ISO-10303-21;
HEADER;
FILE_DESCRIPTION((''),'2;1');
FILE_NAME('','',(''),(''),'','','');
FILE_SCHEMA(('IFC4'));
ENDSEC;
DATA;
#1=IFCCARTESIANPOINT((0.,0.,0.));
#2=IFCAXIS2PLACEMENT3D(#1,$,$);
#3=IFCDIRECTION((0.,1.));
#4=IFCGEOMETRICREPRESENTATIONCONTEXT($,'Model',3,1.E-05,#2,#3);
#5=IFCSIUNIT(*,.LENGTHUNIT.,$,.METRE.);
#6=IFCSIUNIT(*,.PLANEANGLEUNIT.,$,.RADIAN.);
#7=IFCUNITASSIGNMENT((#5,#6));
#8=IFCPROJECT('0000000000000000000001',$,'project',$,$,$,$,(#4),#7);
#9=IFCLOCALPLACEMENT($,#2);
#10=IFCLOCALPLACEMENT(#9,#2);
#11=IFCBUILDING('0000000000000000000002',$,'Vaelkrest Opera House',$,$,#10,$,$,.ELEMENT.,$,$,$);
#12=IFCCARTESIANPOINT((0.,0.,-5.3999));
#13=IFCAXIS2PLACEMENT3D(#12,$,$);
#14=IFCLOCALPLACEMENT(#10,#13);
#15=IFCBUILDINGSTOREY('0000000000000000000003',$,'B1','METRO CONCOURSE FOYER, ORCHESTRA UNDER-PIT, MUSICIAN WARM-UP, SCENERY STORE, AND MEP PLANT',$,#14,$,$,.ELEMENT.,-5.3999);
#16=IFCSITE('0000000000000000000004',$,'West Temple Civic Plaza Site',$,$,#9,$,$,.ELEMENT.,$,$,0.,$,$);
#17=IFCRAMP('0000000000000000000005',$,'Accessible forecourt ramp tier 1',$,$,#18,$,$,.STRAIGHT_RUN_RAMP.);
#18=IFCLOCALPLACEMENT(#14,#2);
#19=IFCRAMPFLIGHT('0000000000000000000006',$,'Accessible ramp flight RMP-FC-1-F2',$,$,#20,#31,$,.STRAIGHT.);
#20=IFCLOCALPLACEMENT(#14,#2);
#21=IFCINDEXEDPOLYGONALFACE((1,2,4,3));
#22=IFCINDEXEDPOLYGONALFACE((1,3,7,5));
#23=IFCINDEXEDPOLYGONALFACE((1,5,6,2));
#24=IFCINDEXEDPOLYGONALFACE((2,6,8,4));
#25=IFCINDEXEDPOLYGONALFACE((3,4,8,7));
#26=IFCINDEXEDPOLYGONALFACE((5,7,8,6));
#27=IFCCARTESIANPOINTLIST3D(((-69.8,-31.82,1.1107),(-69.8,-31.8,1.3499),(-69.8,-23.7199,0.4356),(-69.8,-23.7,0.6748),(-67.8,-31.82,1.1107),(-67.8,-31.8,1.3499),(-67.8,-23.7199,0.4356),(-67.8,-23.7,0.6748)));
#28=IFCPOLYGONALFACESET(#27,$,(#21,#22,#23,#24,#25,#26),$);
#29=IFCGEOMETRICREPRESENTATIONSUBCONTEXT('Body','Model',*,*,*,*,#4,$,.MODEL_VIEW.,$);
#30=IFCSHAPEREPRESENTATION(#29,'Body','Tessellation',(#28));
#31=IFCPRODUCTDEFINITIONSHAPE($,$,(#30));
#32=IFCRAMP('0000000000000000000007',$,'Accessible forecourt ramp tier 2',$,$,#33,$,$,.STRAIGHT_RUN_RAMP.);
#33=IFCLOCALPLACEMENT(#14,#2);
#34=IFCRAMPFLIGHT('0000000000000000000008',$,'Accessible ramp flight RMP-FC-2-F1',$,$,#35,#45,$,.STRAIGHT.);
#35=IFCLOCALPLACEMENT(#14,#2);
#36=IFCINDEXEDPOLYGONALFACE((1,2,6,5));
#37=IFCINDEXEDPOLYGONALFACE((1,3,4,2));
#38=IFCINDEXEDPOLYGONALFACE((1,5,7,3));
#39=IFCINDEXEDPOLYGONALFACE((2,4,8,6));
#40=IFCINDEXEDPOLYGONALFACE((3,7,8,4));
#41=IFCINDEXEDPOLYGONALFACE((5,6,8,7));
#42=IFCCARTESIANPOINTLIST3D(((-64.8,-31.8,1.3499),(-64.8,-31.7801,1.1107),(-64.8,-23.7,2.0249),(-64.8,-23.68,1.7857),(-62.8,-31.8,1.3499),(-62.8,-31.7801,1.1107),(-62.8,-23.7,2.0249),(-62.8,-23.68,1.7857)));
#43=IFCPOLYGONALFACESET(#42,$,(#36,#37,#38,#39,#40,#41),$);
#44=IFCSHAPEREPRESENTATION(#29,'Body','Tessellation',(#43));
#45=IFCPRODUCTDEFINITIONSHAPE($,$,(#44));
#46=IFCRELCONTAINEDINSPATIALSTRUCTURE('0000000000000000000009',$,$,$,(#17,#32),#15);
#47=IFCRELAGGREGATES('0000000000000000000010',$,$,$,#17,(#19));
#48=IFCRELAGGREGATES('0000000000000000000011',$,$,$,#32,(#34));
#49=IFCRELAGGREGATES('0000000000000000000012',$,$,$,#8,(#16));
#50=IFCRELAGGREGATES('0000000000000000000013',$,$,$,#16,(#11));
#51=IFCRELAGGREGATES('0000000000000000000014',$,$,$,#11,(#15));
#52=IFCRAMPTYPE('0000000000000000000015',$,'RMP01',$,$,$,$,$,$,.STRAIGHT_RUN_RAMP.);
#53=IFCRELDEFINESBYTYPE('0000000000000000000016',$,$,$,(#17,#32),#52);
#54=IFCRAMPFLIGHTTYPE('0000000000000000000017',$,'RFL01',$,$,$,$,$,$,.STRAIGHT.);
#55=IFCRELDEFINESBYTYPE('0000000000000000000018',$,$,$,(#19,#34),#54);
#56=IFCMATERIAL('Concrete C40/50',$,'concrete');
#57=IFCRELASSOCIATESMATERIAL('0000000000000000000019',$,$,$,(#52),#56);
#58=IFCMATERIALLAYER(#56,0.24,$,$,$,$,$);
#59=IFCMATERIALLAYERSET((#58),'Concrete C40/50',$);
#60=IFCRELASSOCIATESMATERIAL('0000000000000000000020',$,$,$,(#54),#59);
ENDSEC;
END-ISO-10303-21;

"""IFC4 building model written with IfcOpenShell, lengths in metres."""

from ifc_helpers import new_model, si_unit, direction, frame, origin, place, context, subcontext, project, spatial, polyline, outline, extrude, material, layer, layer_set, type_object, element, aggregate, save


model = new_model("IFC4")

# Units and contexts
model_context = context("Model", 3, precision=1e-05, world=origin(), true_north=direction((0.0, 1.0)))
body_context = subcontext(model_context, "Body", "Model", "MODEL_VIEW")
ifc_project = project(units=[si_unit("LENGTHUNIT", "METRE"), si_unit("PLANEANGLEUNIT", "RADIAN")], contexts=[model_context])

# Site, building, storey
site_placement = place(None, origin())
site = spatial("IfcSite", under=ifc_project, at=site_placement, Name="West Temple Civic Plaza Site", CompositionType="ELEMENT", RefElevation=0.0)
building_placement = place(site_placement, origin())
building = spatial("IfcBuilding", under=site, at=building_placement, Name="Vaelkrest Opera House", CompositionType="ELEMENT")
storey_placement = place(building_placement, frame((0.0, 0.0, -5.3999)))
storey = spatial("IfcBuildingStorey", under=building, at=storey_placement, Name="B1", Description="METRO CONCOURSE FOYER, ORCHESTRA UNDER-PIT, MUSICIAN WARM-UP, SCENERY STORE, AND MEP PLANT", CompositionType="ELEMENT", Elevation=-5.3999)

# Shared definitions
ifc_material_1 = material(Name="Concrete C40/50", Category="concrete")

# Ramp, ramp flight
ramp_type = type_object("IfcRampType", Name="RMP01", PredefinedType="STRAIGHT_RUN_RAMP", material=ifc_material_1)
ramp_1_placement = place(storey_placement, origin())
ramp_1 = element("IfcRamp", 1, at=ramp_1_placement, inside=storey, type_object=ramp_type, Name="Accessible forecourt ramp tier 1", PredefinedType="STRAIGHT_RUN_RAMP")
ifc_layer_1 = layer(ifc_material_1, 0.24)
ifc_layer_set_1 = layer_set([ifc_layer_1], Name="Concrete C40/50")
ramp_flight_type = type_object("IfcRampFlightType", Name="RFL01", PredefinedType="STRAIGHT", material=ifc_layer_set_1)
ramp_flight_1_placement = place(storey_placement, frame((-69.8, -23.7, 0.6748), z_axis=(0.0, 0.08305, 0.996545), x_axis=(1.0, 0.0, 0.0)))
ramp_flight_1 = element("IfcRampFlight", 2, at=ramp_flight_1_placement, type_object=ramp_flight_type, Name="Accessible ramp flight RMP-FC-1-F2", PredefinedType="STRAIGHT", context=body_context, shape_type="SweptSolid", body=[
    extrude(outline(polyline([(0.0, 0.0), (2.0, 0.0), (2.0, -8.1282), (0.0, -8.1282), (0.0, 0.0)])), origin(), (0.0, 0.0, -1.0), 0.24),
])
aggregate(ramp_1, [ramp_flight_1])

# Ramp, ramp flight
ramp_2_placement = place(storey_placement, origin())
ramp_2 = element("IfcRamp", 3, at=ramp_2_placement, inside=storey, type_object=ramp_type, Name="Accessible forecourt ramp tier 2", PredefinedType="STRAIGHT_RUN_RAMP")
ramp_flight_2_placement = place(storey_placement, frame((-64.8, -31.8, 1.3499), z_axis=(0.0, -0.08305, 0.996545), x_axis=(1.0, 0.0, 0.0)))
ramp_flight_2 = element("IfcRampFlight", 4, at=ramp_flight_2_placement, type_object=ramp_flight_type, Name="Accessible ramp flight RMP-FC-2-F1", PredefinedType="STRAIGHT", context=body_context, shape_type="SweptSolid", body=[
    extrude(outline(polyline([(0.0, 0.0), (2.0, 0.0), (2.0, 8.1282), (0.0, 8.1282), (0.0, 0.0)])), origin(), (0.0, 0.0, -1.0), 0.24),
])
aggregate(ramp_2, [ramp_flight_2])

save(model, "model.ifc")
